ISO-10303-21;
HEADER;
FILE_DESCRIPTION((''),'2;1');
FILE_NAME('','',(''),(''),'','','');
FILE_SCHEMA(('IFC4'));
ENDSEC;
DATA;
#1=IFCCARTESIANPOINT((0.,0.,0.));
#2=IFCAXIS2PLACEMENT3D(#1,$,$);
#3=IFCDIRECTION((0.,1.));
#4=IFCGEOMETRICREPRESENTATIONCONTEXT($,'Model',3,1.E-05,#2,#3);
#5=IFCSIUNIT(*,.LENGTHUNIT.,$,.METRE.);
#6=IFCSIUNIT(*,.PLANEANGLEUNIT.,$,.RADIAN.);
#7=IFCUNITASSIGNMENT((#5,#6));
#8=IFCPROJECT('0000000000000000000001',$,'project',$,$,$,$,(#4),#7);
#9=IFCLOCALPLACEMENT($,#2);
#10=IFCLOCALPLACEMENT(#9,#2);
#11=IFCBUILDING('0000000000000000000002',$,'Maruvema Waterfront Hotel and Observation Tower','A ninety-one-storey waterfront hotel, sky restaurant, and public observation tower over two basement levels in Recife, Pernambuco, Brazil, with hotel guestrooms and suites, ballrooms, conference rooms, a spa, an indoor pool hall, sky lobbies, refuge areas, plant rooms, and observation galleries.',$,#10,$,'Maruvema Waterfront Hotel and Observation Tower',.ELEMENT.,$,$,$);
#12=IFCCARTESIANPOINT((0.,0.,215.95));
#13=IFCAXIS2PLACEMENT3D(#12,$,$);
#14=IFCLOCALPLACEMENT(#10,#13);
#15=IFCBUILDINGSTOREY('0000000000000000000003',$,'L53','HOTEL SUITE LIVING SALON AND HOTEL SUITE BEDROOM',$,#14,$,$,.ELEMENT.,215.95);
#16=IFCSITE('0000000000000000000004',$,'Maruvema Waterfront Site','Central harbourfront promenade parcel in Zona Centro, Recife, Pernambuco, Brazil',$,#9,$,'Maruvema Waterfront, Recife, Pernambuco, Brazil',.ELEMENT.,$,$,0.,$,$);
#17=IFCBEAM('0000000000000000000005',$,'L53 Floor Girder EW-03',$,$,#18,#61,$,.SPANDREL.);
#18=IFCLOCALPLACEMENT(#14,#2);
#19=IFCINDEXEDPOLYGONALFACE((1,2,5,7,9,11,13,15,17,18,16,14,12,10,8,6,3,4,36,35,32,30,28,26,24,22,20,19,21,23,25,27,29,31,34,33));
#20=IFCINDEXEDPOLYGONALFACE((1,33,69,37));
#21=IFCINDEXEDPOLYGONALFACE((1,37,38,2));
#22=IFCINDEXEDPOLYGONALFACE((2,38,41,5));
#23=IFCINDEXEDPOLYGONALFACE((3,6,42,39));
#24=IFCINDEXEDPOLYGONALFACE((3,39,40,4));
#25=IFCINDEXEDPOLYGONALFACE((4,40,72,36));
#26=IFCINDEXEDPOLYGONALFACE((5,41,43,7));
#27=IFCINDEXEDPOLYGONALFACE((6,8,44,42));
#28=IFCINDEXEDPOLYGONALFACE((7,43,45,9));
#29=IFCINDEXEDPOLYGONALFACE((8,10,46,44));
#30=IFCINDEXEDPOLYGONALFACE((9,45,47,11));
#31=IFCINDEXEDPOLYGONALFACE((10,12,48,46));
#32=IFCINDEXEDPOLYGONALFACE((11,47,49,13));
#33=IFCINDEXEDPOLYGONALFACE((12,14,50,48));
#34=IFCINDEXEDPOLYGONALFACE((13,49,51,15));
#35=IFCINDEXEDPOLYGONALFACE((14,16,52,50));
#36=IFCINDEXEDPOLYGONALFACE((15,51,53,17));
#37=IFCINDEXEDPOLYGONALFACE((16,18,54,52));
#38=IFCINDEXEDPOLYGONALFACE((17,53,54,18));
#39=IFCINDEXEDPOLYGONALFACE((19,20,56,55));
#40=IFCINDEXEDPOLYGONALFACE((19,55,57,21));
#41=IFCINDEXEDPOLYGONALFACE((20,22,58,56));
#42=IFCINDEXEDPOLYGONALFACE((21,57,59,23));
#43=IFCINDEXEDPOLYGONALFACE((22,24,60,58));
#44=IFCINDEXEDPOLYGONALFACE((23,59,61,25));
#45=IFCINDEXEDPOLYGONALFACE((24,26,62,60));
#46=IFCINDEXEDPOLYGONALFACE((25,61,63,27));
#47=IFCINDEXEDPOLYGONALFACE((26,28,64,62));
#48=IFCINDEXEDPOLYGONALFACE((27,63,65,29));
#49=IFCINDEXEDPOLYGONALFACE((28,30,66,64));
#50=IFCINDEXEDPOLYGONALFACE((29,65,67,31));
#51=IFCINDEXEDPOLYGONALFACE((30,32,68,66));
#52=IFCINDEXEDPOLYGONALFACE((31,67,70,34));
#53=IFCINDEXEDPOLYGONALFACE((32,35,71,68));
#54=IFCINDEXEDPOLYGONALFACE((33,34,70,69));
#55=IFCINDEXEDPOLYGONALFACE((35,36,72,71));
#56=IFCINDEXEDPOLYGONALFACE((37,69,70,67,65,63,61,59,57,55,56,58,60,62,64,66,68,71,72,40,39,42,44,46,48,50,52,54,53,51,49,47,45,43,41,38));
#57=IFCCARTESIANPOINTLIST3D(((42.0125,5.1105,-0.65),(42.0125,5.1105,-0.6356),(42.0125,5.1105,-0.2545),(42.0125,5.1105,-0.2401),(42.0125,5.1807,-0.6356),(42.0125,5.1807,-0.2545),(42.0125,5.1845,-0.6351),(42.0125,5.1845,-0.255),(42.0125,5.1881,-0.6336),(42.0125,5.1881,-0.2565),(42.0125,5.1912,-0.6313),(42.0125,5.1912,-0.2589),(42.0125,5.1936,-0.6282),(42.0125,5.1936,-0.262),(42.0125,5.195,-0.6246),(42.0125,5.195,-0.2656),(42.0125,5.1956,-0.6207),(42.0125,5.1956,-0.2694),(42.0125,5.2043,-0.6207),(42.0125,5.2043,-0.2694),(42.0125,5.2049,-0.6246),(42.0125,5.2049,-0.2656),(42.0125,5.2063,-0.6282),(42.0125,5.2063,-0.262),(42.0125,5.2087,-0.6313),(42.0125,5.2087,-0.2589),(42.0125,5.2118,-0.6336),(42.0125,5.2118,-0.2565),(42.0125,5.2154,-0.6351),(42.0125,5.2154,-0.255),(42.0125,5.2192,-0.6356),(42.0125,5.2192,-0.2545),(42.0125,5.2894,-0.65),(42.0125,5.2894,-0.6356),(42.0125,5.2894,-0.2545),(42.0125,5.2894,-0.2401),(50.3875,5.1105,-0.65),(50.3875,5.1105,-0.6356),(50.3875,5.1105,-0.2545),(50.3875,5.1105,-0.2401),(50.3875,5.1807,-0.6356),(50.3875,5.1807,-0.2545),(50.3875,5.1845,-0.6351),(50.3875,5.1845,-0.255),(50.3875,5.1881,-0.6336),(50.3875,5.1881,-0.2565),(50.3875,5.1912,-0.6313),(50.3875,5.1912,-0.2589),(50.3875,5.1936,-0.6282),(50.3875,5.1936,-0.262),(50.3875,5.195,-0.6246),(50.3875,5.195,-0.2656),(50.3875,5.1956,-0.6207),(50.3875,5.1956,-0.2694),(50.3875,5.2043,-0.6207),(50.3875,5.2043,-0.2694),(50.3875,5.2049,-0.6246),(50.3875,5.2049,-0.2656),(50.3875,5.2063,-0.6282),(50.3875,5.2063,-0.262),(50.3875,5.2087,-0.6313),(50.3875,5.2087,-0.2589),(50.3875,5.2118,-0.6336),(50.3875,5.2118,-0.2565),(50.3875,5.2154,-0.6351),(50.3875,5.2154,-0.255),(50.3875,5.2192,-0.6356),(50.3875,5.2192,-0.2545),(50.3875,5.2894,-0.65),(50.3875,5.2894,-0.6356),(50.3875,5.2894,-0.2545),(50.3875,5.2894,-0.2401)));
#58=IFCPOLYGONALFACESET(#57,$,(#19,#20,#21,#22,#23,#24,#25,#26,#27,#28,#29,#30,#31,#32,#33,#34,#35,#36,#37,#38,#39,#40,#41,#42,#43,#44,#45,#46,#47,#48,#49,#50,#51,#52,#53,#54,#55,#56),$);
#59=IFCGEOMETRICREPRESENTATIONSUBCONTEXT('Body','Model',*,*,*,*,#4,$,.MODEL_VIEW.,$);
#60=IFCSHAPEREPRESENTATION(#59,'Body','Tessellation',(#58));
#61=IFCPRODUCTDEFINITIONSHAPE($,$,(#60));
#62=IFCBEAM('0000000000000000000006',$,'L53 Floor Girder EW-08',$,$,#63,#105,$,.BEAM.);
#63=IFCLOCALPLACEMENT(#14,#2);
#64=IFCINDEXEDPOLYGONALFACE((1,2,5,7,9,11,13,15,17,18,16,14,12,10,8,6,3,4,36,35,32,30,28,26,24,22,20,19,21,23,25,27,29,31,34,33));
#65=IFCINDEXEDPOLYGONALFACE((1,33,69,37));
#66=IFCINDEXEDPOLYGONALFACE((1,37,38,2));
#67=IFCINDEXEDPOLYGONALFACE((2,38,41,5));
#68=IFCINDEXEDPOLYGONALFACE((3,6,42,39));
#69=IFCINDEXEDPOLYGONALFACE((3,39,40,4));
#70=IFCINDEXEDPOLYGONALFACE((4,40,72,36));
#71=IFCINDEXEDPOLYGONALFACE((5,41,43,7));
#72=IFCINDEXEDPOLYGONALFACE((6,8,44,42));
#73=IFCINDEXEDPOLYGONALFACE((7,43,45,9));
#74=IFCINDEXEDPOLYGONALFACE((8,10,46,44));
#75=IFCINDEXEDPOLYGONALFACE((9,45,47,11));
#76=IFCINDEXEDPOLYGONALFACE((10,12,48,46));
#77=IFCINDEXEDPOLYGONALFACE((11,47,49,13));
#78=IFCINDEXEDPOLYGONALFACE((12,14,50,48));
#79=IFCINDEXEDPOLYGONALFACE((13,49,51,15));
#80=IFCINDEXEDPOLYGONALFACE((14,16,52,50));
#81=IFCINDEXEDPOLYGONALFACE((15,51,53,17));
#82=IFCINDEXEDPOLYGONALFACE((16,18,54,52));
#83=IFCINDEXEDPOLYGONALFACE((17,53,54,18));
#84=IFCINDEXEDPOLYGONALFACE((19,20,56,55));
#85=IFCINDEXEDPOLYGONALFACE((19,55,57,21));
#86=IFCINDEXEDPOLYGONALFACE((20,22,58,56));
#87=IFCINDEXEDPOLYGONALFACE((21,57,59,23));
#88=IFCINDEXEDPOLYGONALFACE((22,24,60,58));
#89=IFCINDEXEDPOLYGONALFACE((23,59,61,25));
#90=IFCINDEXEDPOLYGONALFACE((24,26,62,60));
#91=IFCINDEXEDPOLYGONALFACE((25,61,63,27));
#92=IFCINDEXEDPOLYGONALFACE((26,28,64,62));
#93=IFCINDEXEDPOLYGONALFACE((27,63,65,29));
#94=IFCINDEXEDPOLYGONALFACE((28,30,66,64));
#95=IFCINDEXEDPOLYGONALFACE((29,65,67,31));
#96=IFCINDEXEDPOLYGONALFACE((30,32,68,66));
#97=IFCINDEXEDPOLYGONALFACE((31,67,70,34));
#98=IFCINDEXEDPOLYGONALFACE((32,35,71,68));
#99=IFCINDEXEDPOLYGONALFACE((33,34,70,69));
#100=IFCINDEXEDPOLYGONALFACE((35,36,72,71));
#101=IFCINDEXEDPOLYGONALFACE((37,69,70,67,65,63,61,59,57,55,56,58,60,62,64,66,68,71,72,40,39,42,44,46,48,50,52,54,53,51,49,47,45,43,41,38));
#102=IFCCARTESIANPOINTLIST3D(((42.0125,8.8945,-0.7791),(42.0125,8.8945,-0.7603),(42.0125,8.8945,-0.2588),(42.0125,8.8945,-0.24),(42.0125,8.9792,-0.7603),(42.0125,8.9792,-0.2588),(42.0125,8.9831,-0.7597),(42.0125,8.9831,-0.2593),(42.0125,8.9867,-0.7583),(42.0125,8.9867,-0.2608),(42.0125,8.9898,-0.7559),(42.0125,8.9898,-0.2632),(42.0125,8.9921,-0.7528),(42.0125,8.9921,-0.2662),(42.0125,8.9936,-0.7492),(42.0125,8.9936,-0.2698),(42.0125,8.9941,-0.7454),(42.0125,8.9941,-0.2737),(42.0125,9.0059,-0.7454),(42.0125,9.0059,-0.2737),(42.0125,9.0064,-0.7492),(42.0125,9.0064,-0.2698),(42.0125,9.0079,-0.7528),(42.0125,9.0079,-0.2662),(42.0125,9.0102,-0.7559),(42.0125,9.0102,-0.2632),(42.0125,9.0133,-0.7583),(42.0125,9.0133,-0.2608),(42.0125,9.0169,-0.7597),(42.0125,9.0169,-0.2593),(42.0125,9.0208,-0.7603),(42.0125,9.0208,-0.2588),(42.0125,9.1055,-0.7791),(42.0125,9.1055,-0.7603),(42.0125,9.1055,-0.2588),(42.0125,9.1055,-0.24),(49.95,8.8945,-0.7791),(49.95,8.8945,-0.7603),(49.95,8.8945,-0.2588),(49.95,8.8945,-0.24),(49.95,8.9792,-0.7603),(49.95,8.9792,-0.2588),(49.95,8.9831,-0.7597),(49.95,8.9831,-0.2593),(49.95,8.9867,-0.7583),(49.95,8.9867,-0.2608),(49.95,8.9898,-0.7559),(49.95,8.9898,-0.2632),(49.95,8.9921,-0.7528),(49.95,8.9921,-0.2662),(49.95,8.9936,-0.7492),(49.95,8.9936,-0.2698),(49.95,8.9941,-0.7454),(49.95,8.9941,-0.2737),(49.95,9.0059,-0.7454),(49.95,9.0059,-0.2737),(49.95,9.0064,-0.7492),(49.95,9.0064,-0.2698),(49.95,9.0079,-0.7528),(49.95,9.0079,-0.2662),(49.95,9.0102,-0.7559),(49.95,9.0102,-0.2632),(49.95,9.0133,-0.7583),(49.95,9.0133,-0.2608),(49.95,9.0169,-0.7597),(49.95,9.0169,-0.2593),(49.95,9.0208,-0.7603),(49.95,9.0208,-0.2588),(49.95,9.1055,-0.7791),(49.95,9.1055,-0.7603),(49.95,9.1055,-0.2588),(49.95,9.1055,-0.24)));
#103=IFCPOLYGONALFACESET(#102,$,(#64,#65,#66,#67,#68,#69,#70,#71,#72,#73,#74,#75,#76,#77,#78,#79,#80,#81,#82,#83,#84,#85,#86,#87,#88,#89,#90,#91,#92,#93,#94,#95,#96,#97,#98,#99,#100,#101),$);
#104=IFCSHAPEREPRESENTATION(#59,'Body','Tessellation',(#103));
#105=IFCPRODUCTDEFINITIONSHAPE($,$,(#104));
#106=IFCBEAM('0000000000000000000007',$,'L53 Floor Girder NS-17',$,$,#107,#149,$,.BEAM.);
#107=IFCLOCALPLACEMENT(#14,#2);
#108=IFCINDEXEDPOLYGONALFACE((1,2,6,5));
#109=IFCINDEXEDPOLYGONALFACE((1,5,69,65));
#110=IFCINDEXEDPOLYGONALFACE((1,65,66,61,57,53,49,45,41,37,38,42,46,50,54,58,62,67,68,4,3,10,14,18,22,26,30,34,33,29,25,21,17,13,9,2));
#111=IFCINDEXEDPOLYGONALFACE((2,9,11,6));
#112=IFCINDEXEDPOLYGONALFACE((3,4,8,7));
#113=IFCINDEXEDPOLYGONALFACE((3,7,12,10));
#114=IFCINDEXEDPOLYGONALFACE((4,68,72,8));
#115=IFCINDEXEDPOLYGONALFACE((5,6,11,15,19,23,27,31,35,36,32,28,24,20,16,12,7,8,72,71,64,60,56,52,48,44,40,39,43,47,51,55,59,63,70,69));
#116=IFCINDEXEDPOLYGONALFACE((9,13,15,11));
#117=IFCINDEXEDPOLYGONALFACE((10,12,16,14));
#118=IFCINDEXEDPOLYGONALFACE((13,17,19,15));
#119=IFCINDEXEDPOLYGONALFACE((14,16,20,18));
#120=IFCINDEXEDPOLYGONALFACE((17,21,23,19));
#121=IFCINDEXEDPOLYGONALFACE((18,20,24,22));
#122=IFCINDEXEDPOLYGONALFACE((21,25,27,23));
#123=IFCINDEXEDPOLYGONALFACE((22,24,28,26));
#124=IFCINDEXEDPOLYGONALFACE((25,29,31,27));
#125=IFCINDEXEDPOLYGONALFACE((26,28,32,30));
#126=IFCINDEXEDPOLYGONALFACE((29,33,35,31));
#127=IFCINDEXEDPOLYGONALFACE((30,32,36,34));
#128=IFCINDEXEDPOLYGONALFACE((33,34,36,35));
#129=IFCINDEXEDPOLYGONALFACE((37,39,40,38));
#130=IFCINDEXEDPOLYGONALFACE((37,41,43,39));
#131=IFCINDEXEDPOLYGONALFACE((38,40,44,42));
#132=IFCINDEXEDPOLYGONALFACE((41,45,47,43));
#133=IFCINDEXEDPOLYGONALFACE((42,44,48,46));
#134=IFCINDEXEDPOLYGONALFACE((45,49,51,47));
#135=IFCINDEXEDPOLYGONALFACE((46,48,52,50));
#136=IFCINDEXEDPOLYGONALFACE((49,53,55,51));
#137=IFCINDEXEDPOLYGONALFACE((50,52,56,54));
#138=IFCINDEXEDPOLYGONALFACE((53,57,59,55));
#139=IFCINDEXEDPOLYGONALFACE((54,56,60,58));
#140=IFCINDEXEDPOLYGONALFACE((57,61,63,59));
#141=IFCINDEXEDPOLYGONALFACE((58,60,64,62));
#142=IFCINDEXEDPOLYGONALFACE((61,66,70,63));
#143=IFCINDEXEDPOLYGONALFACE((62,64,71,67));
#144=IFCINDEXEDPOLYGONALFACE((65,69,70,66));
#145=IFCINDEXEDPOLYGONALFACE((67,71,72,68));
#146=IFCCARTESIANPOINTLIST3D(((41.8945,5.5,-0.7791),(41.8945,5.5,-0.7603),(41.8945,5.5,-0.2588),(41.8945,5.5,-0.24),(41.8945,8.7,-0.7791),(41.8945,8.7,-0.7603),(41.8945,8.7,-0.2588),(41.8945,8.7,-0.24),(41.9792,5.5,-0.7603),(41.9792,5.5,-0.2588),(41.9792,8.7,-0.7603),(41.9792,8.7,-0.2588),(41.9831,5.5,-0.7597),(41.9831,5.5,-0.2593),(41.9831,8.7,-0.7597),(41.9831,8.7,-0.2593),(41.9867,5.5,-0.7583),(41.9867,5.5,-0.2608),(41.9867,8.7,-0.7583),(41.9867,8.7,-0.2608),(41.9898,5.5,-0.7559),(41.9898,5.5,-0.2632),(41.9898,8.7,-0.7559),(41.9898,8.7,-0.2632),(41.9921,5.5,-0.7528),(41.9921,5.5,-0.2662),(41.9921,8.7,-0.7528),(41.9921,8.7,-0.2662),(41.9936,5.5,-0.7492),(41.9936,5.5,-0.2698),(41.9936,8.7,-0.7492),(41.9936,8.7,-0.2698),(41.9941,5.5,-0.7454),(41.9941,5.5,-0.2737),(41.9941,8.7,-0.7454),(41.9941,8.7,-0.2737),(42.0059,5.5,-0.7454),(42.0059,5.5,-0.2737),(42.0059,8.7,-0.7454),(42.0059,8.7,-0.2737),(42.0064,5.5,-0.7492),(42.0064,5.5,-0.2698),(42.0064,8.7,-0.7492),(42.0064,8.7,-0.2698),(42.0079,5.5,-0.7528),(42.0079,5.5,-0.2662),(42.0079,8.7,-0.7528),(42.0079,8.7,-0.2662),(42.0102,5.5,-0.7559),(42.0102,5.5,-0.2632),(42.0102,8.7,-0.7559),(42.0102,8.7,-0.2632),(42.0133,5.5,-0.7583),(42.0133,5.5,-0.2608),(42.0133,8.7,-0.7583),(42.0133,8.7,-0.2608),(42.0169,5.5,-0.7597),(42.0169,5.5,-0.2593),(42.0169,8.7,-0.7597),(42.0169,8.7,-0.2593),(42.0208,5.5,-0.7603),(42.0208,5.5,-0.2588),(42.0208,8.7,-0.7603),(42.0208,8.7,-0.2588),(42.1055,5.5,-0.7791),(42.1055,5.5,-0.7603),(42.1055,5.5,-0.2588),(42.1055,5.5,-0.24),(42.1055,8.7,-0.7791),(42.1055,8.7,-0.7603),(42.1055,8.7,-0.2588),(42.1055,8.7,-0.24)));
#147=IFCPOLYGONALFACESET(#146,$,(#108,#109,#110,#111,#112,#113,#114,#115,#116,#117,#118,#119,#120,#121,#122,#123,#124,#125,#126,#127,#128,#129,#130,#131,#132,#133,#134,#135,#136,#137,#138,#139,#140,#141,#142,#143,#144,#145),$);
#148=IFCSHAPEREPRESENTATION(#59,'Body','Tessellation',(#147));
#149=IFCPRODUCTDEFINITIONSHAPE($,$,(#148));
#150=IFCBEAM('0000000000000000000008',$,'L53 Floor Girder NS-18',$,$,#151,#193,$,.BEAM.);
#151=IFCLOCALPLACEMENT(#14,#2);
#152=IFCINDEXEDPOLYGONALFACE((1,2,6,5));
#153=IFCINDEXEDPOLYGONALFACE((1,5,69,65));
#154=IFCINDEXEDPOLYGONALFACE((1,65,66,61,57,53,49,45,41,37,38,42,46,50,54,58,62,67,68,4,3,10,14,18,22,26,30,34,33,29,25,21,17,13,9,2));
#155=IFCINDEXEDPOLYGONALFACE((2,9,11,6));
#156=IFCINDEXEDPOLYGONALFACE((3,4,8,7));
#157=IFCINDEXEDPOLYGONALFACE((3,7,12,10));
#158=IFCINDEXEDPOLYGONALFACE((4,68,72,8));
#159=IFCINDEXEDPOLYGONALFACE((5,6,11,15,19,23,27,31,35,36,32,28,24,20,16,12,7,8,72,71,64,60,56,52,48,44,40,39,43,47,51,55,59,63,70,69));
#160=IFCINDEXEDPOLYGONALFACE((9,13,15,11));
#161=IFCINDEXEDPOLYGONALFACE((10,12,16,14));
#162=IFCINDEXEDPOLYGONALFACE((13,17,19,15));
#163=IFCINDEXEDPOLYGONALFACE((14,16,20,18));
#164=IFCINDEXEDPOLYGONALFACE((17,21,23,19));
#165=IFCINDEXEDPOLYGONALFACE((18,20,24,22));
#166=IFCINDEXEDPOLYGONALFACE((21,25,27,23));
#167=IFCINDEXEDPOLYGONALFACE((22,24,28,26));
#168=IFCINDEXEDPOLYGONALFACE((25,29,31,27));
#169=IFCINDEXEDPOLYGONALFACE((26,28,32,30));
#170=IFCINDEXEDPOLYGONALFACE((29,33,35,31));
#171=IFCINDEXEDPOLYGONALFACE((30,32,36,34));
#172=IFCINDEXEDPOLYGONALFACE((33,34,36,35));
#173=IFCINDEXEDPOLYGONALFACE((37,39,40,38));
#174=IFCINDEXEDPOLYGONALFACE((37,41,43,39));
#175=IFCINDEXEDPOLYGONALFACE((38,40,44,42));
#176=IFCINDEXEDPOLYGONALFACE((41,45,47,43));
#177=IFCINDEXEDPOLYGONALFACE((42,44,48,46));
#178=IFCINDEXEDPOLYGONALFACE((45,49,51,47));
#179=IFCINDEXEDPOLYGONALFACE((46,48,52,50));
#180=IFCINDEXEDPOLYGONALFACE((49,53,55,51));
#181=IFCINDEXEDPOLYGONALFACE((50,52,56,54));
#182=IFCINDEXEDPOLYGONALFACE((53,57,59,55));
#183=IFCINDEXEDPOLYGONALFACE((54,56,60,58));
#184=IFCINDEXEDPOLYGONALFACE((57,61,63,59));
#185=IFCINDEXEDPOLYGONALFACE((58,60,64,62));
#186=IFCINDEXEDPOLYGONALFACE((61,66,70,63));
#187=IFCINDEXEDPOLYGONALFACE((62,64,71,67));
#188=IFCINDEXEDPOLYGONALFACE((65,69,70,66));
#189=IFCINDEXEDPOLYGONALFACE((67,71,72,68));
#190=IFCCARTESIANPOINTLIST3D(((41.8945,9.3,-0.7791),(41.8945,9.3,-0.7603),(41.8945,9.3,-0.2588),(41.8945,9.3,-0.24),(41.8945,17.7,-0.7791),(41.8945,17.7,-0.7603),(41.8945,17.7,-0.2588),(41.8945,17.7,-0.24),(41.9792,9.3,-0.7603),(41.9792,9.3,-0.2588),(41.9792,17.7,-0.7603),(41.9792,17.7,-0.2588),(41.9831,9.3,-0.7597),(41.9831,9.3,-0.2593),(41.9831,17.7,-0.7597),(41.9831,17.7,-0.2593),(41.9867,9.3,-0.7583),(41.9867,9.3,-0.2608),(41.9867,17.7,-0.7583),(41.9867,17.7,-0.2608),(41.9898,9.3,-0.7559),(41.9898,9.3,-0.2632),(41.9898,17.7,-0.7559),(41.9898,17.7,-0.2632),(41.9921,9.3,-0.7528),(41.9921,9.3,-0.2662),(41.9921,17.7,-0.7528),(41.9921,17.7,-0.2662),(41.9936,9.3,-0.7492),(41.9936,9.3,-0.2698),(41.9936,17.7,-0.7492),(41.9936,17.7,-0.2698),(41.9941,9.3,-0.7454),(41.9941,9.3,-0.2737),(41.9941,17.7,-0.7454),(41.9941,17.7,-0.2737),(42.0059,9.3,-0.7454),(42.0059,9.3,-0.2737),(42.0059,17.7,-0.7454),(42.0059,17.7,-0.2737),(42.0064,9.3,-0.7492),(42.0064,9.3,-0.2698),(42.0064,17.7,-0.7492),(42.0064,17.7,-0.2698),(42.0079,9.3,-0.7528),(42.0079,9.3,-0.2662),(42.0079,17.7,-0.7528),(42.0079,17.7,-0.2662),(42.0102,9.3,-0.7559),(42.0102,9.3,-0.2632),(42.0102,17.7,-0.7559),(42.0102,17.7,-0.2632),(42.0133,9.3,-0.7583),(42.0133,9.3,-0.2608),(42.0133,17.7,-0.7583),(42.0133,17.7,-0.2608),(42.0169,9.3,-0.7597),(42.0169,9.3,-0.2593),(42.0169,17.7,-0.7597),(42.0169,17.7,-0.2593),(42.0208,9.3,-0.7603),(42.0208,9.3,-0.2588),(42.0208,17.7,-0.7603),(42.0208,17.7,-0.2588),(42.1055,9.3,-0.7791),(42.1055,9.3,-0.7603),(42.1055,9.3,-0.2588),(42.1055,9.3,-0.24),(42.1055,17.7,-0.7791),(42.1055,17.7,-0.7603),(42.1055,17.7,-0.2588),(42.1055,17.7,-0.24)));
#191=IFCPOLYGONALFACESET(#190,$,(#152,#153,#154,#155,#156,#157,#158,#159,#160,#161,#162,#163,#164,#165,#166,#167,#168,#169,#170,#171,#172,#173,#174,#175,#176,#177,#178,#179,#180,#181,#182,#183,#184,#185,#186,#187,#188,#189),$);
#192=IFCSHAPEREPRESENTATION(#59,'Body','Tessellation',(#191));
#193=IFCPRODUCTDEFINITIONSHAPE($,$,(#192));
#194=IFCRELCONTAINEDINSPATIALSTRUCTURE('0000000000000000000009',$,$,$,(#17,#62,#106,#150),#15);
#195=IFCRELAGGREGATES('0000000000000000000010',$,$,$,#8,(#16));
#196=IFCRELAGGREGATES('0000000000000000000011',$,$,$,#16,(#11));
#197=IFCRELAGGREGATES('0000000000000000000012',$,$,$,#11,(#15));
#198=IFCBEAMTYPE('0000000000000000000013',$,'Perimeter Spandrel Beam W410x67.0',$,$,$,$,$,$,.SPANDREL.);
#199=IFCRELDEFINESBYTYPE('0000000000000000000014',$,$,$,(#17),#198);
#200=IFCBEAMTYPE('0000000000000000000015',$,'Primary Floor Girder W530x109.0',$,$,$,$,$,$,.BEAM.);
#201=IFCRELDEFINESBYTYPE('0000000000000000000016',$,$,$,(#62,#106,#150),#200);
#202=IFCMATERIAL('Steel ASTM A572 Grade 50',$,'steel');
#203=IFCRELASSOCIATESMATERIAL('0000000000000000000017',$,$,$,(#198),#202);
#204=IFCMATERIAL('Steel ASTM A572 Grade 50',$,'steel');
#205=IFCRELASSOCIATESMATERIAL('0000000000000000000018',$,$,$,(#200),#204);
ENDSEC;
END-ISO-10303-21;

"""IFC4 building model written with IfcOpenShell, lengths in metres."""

from ifc_helpers import new_model, si_unit, direction, frame, origin, origin_2d, place, context, subcontext, project, spatial, i_section, extrude, material, material_profile, profile_set, type_object, element, save


model = new_model("IFC4")

# Units and contexts
model_context = context("Model", 3, precision=1e-05, world=origin(), true_north=direction((0.0, 1.0)))
body_context = subcontext(model_context, "Body", "Model", "MODEL_VIEW")
ifc_project = project(units=[si_unit("LENGTHUNIT", "METRE"), si_unit("PLANEANGLEUNIT", "RADIAN")], contexts=[model_context])

# Site, building, storey
site_placement = place(None, origin())
site = spatial("IfcSite", under=ifc_project, at=site_placement, Name="Maruvema Waterfront Site", Description="Central harbourfront promenade parcel in Zona Centro, Recife, Pernambuco, Brazil", LongName="Maruvema Waterfront, Recife, Pernambuco, Brazil", CompositionType="ELEMENT", RefElevation=0.0)
building_placement = place(site_placement, origin())
building = spatial("IfcBuilding", under=site, at=building_placement, Name="Maruvema Waterfront Hotel and Observation Tower", Description="A ninety-one-storey waterfront hotel, sky restaurant, and public observation tower over two basement levels in Recife, Pernambuco, Brazil, with hotel guestrooms and suites, ballrooms, conference rooms, a spa, an indoor pool hall, sky lobbies, refuge areas, plant rooms, and observation galleries.", LongName="Maruvema Waterfront Hotel and Observation Tower", CompositionType="ELEMENT")
storey_placement = place(building_placement, frame((0.0, 0.0, 215.95)))
storey = spatial("IfcBuildingStorey", under=building, at=storey_placement, Name="L53", Description="HOTEL SUITE LIVING SALON AND HOTEL SUITE BEDROOM", CompositionType="ELEMENT", Elevation=215.95)

# Beams
ifc_material_1 = material(Name="Steel ASTM A572 Grade 50", Category="steel")
ifc_material_profile_1 = material_profile(ifc_material_1, i_section(OverallWidth=0.179, OverallDepth=0.4099, WebThickness=0.0088, FlangeThickness=0.0144, FilletRadius=0.0149, at=origin_2d()), Name="W410x67.0")
ifc_profile_set_1 = profile_set([ifc_material_profile_1], Name="Steel ASTM A572 Grade 50")
beam_type_1 = type_object("IfcBeamType", Name="Perimeter Spandrel Beam W410x67.0", PredefinedType="SPANDREL", material=ifc_profile_set_1)
beam_1_placement = place(storey_placement, frame((42.0125, 5.2, -0.4451), z_axis=(1.0, 0.0, 0.0), x_axis=(0.0, 1.0, 0.0)))
element("IfcBeam", 1, at=beam_1_placement, inside=storey, type_object=beam_type_1, Name="L53 Floor Girder EW-03", PredefinedType="SPANDREL", context=body_context, shape_type="SweptSolid", body=[
    extrude(i_section(OverallWidth=0.179, OverallDepth=0.4099, WebThickness=0.0088, FlangeThickness=0.0144, FilletRadius=0.0149, at=origin_2d()), origin(), (0.0, 0.0, 1.0), 8.375),
])
ifc_material_2 = material(Name="Steel ASTM A572 Grade 50", Category="steel")
ifc_material_profile_2 = material_profile(ifc_material_2, i_section(OverallWidth=0.2109, OverallDepth=0.5391, WebThickness=0.0117, FlangeThickness=0.0188, FilletRadius=0.0149, at=origin_2d()), Name="W530x109.0")
ifc_profile_set_2 = profile_set([ifc_material_profile_2], Name="Steel ASTM A572 Grade 50")
beam_type_2 = type_object("IfcBeamType", Name="Primary Floor Girder W530x109.0", PredefinedType="BEAM", material=ifc_profile_set_2)
beam_2_placement = place(storey_placement, frame((42.0125, 9.0, -0.5095), z_axis=(1.0, 0.0, 0.0), x_axis=(0.0, 1.0, 0.0)))
element("IfcBeam", 2, at=beam_2_placement, inside=storey, type_object=beam_type_2, Name="L53 Floor Girder EW-08", PredefinedType="BEAM", context=body_context, shape_type="SweptSolid", body=[
    extrude(i_section(OverallWidth=0.2109, OverallDepth=0.5391, WebThickness=0.0117, FlangeThickness=0.0188, FilletRadius=0.0149, at=origin_2d()), origin(), (0.0, 0.0, 1.0), 7.9375),
])
beam_3_placement = place(storey_placement, frame((42.0, 5.5, -0.5095), z_axis=(0.0, 1.0, 0.0), x_axis=(-1.0, 0.0, 0.0)))
element("IfcBeam", 3, at=beam_3_placement, inside=storey, type_object=beam_type_2, Name="L53 Floor Girder NS-17", PredefinedType="BEAM", context=body_context, shape_type="SweptSolid", body=[
    extrude(i_section(OverallWidth=0.2109, OverallDepth=0.5391, WebThickness=0.0117, FlangeThickness=0.0188, FilletRadius=0.0149, at=origin_2d()), origin(), (0.0, 0.0, 1.0), 3.2),
])
beam_4_placement = place(storey_placement, frame((42.0, 9.3, -0.5095), z_axis=(0.0, 1.0, 0.0), x_axis=(-1.0, 0.0, 0.0)))
element("IfcBeam", 4, at=beam_4_placement, inside=storey, type_object=beam_type_2, Name="L53 Floor Girder NS-18", PredefinedType="BEAM", context=body_context, shape_type="SweptSolid", body=[
    extrude(i_section(OverallWidth=0.2109, OverallDepth=0.5391, WebThickness=0.0117, FlangeThickness=0.0188, FilletRadius=0.0149, at=origin_2d()), origin(), (0.0, 0.0, 1.0), 8.3999),
])

save(model, "model.ifc")
